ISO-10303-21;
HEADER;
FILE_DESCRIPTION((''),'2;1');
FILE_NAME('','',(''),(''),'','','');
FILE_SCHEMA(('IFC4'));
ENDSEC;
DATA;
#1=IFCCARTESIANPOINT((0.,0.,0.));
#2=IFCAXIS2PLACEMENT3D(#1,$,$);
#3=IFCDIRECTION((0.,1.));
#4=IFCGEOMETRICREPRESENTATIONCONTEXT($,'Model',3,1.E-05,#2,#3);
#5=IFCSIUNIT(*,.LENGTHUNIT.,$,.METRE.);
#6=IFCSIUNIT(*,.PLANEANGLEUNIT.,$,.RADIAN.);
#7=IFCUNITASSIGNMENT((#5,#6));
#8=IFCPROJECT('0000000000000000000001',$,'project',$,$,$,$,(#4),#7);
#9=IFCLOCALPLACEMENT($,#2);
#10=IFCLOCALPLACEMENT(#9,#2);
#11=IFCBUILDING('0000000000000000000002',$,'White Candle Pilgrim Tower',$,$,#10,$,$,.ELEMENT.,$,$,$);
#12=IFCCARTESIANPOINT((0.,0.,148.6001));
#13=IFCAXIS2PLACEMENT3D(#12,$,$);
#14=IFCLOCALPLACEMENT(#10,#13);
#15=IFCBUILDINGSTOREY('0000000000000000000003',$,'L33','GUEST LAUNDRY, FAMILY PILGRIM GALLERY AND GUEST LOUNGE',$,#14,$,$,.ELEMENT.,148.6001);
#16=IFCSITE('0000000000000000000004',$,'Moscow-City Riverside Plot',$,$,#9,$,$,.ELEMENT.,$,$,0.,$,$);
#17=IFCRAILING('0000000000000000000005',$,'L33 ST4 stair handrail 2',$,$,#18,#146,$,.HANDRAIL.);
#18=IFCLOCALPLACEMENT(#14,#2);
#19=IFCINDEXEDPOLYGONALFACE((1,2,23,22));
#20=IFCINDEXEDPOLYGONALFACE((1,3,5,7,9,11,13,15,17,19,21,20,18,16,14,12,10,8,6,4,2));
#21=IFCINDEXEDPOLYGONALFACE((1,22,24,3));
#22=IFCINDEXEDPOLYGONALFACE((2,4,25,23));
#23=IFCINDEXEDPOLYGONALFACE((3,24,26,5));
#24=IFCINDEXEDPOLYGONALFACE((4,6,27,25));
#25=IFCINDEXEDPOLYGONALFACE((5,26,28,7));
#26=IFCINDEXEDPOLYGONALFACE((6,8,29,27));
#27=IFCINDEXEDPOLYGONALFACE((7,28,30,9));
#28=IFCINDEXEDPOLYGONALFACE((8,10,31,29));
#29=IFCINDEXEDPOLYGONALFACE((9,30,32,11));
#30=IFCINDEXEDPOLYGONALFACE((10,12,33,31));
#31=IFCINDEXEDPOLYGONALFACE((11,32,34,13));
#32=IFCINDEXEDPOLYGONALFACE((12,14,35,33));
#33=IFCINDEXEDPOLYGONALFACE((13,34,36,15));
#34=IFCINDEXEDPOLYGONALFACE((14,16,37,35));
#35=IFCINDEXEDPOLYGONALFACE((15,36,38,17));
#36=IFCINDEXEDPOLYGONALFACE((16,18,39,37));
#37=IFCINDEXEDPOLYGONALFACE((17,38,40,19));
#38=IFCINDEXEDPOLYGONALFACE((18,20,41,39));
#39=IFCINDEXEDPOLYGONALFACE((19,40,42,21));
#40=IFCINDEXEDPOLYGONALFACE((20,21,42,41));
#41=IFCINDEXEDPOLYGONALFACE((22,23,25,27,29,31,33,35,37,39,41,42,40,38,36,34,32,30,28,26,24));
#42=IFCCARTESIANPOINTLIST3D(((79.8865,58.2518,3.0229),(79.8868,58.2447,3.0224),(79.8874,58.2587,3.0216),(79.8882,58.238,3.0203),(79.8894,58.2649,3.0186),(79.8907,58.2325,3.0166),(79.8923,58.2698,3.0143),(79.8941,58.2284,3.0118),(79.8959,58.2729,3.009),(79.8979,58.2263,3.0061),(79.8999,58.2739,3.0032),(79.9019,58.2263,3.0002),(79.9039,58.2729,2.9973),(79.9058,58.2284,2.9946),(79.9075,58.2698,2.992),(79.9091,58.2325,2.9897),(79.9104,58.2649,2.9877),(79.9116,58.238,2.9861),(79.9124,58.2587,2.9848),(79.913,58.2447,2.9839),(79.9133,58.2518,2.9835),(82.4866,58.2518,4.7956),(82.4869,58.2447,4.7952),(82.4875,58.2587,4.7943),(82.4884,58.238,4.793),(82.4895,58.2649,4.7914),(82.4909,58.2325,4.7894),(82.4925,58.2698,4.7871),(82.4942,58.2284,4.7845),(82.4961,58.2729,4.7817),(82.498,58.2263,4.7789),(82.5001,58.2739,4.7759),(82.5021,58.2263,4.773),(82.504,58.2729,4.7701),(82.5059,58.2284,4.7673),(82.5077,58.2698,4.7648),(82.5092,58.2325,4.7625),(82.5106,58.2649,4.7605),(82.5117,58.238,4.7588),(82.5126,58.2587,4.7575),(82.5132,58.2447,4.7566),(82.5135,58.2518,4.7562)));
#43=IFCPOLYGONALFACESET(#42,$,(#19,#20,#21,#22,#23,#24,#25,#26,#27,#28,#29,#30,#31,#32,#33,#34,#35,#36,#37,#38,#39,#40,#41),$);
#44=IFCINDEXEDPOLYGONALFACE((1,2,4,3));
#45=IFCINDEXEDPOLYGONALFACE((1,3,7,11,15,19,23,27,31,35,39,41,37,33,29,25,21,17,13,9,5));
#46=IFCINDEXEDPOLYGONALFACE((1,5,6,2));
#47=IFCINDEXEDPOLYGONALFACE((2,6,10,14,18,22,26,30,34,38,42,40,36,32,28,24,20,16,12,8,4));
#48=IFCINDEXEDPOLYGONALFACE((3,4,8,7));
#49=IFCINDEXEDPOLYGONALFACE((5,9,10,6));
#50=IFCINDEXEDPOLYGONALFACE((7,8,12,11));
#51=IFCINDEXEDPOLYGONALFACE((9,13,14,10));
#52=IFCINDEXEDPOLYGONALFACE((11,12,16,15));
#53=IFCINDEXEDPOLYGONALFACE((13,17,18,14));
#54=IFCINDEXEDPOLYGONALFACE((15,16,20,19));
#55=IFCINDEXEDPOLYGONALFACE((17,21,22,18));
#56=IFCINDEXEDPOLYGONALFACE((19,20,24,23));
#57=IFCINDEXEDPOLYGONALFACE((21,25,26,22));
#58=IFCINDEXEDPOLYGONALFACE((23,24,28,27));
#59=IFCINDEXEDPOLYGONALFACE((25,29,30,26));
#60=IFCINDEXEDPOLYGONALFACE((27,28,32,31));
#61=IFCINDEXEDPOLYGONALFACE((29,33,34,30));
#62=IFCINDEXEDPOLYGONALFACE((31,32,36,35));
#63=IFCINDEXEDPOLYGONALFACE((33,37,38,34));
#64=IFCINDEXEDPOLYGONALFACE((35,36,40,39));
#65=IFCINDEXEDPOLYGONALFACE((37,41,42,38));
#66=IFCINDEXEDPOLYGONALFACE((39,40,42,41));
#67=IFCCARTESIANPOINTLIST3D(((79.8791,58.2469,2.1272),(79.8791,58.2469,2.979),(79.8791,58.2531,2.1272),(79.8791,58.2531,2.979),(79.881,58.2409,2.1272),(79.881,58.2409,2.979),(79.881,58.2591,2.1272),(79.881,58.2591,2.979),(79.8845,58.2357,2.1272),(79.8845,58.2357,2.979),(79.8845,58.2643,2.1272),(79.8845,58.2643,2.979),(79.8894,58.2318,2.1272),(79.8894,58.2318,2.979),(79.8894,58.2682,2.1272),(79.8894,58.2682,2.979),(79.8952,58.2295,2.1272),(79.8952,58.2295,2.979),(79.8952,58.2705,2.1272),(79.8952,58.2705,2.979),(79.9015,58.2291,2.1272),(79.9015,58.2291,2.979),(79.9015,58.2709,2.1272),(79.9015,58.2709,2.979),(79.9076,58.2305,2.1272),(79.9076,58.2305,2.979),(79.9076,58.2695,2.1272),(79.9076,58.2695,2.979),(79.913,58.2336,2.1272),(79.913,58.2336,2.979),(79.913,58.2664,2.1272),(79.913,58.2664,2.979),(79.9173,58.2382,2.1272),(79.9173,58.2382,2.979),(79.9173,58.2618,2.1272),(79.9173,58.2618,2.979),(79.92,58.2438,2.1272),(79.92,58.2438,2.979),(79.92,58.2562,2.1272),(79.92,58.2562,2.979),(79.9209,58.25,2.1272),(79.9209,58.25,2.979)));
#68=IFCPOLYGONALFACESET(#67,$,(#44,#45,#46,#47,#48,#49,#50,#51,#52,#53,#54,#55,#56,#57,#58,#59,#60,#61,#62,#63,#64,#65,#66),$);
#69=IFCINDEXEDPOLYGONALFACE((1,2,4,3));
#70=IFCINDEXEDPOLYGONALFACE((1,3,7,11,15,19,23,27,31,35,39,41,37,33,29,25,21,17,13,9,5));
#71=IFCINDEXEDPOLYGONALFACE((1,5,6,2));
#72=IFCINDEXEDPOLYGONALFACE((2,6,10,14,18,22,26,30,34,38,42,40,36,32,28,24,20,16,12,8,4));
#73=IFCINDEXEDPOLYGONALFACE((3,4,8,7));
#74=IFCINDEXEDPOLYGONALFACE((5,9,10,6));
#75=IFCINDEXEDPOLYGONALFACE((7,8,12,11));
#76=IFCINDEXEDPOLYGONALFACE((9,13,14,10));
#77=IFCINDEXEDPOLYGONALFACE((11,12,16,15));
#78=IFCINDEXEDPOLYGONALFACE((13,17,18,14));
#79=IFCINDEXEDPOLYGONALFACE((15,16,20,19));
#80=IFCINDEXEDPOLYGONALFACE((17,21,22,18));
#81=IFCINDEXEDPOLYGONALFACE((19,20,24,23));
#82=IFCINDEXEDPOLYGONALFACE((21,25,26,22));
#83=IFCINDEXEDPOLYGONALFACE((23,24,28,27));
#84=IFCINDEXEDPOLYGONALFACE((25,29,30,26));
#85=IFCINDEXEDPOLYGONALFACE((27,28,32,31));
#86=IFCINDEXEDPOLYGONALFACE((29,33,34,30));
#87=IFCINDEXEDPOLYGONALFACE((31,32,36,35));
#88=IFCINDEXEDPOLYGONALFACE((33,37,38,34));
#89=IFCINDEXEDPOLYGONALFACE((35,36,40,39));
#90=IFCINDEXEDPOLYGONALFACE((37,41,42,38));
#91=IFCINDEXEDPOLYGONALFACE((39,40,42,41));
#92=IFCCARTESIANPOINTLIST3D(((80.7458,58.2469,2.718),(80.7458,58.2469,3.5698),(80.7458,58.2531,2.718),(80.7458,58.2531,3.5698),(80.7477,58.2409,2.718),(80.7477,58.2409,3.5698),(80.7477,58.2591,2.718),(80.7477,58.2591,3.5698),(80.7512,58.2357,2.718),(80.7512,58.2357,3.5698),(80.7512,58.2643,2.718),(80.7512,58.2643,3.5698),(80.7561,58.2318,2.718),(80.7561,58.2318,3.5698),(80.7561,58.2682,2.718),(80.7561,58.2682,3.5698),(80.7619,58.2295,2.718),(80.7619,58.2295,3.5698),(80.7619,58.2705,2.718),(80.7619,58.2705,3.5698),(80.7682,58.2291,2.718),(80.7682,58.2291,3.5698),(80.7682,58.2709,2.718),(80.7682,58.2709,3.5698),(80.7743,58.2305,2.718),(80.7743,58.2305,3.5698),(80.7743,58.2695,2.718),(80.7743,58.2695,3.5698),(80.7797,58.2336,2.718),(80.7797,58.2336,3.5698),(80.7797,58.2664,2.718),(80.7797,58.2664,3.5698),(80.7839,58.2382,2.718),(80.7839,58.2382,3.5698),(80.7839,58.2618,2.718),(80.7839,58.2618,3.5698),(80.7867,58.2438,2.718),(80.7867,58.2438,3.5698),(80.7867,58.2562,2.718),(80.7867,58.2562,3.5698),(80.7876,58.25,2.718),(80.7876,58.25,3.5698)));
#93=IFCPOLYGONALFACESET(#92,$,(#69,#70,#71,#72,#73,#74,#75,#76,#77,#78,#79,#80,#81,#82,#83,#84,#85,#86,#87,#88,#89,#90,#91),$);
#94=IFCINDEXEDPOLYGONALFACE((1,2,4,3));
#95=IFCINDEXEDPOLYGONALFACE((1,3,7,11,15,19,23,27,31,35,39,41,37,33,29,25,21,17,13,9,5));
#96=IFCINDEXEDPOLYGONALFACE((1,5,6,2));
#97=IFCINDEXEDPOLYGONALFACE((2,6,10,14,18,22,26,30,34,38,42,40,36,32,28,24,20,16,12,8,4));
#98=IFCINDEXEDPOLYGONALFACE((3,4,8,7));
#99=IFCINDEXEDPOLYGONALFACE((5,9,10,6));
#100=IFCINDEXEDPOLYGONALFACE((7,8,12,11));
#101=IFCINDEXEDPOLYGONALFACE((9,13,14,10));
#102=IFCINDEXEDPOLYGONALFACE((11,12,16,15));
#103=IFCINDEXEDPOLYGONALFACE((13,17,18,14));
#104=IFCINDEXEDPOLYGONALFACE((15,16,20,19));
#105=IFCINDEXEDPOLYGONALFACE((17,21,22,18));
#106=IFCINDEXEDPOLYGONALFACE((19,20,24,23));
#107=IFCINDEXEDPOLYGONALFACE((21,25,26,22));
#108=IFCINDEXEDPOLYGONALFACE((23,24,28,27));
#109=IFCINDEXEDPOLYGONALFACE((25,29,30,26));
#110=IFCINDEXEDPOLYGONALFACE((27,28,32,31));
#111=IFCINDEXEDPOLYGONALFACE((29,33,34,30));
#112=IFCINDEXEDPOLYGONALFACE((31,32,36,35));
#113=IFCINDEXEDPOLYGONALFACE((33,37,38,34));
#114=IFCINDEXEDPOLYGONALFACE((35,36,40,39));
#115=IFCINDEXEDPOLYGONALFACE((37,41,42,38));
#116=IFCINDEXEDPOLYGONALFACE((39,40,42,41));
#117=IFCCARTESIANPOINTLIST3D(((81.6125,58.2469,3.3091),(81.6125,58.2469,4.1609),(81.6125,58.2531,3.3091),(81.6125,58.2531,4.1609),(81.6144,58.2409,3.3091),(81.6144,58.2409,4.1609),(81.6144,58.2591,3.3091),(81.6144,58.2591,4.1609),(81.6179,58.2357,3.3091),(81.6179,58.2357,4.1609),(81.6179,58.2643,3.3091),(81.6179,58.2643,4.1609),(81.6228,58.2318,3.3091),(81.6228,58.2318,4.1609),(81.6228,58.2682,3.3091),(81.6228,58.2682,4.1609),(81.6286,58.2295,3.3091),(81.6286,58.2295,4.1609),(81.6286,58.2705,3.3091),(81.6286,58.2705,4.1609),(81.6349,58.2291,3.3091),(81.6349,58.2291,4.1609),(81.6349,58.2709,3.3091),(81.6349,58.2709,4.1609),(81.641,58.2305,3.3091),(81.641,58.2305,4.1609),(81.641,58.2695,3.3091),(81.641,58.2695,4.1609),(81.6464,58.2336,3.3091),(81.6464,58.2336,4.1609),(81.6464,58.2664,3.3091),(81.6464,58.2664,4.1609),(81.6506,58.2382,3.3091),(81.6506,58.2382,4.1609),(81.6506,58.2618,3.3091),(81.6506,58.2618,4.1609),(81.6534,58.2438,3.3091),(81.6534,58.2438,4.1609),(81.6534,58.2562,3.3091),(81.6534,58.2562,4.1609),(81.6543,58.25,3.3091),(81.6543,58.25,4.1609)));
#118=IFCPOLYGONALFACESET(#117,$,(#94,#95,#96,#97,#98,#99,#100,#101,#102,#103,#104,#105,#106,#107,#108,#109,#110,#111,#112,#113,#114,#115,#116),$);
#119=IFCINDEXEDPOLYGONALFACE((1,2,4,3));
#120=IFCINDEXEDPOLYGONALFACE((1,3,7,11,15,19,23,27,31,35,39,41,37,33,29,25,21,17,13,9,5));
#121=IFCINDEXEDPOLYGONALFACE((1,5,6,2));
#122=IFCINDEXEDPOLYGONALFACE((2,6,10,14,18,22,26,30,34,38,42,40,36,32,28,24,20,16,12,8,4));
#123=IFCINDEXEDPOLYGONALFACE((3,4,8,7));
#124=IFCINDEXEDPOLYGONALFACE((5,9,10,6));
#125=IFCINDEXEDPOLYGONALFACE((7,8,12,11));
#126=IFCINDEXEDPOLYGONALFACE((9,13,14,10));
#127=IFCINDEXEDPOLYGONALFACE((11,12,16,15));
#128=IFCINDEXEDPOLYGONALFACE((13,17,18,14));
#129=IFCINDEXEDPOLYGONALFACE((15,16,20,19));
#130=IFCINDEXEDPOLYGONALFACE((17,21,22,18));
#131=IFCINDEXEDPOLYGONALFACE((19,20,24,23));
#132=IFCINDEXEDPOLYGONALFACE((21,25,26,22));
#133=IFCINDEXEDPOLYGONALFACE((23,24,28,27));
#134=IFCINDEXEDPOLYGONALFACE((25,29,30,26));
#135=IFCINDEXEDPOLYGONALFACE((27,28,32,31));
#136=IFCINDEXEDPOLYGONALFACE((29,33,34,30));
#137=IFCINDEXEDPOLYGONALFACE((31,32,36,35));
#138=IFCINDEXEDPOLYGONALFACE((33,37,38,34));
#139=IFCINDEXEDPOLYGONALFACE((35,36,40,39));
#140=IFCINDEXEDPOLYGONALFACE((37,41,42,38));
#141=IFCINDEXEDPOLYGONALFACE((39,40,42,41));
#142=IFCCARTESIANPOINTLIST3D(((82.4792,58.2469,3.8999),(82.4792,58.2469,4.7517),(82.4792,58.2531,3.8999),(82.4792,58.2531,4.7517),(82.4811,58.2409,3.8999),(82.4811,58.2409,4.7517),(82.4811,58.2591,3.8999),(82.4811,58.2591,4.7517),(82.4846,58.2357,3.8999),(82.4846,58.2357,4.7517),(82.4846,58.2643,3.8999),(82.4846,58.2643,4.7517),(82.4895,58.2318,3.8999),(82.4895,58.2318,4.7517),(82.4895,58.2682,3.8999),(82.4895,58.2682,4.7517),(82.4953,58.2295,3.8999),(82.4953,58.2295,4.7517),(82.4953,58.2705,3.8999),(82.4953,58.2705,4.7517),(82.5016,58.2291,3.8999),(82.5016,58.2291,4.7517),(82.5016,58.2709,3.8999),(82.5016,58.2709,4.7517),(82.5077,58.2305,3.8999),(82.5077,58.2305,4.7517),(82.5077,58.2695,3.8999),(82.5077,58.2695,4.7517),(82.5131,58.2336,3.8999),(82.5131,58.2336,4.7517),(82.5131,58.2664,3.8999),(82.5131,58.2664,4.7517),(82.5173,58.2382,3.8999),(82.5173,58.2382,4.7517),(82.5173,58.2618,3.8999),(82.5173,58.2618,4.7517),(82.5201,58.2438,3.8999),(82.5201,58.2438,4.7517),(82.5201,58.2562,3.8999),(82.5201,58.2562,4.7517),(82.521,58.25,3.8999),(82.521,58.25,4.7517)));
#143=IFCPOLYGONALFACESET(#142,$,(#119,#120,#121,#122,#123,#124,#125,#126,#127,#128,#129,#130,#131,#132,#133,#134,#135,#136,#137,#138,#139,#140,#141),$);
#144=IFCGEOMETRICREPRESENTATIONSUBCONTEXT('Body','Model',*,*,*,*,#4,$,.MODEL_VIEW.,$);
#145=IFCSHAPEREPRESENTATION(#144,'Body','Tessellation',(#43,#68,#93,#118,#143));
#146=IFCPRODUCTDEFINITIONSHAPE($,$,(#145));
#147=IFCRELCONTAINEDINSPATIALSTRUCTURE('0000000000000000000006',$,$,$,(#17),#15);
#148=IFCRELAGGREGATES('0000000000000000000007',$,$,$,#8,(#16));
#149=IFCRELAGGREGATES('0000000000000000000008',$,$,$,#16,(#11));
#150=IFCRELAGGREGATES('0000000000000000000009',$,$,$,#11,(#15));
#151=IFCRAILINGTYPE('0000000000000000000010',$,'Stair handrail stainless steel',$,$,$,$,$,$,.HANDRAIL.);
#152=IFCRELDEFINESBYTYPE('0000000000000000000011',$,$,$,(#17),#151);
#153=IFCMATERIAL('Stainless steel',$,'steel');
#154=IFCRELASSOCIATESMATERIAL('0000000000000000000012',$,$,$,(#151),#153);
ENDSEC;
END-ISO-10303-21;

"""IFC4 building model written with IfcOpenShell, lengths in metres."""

from ifc_helpers import new_model, si_unit, direction, frame, origin, origin_2d, place, context, subcontext, project, spatial, circle, extrude, material, type_object, element, save


model = new_model("IFC4")

# Units and contexts
model_context = context("Model", 3, precision=1e-05, world=origin(), true_north=direction((0.0, 1.0)))
body_context = subcontext(model_context, "Body", "Model", "MODEL_VIEW")
ifc_project = project(units=[si_unit("LENGTHUNIT", "METRE"), si_unit("PLANEANGLEUNIT", "RADIAN")], contexts=[model_context])

# Site, building, storey
site_placement = place(None, origin())
site = spatial("IfcSite", under=ifc_project, at=site_placement, Name="Moscow-City Riverside Plot", CompositionType="ELEMENT", RefElevation=0.0)
building_placement = place(site_placement, origin())
building = spatial("IfcBuilding", under=site, at=building_placement, Name="White Candle Pilgrim Tower", CompositionType="ELEMENT")
storey_placement = place(building_placement, frame((0.0, 0.0, 148.6001)))
storey = spatial("IfcBuildingStorey", under=building, at=storey_placement, Name="L33", Description="GUEST LAUNDRY, FAMILY PILGRIM GALLERY AND GUEST LOUNGE", CompositionType="ELEMENT", Elevation=148.6001)

# Railing
ifc_material_1 = material(Name="Stainless steel", Category="steel")
railing_type_1 = type_object("IfcRailingType", Name="Stair handrail stainless steel", PredefinedType="HANDRAIL", material=ifc_material_1)
railing_1_placement = place(storey_placement, frame((79.8999, 58.25, 2.1272)))
element("IfcRailing", 1, at=railing_1_placement, inside=storey, type_object=railing_type_1, Name="L33 ST4 stair handrail 2", PredefinedType="HANDRAIL", context=body_context, shape_type="SweptSolid", body=[
    extrude(circle(Radius=0.0239, at=origin_2d()), frame((0.0, 0.0, 0.876), z_axis=(0.82624, 0.0, 0.563318), x_axis=(0.0, 1.0, 0.0)), (0.0, 0.0, 1.0), 3.147),
    extrude(circle(Radius=0.021, at=origin_2d()), origin(), (0.0, 0.0, 1.0), 0.8518),
    extrude(circle(Radius=0.021, at=origin_2d()), frame((0.8667, 0.0, 0.5908)), (0.0, 0.0, 1.0), 0.8518),
    extrude(circle(Radius=0.021, at=origin_2d()), frame((1.7334, 0.0, 1.1819)), (0.0, 0.0, 1.0), 0.8518),
    extrude(circle(Radius=0.021, at=origin_2d()), frame((2.6001, 0.0, 1.7727)), (0.0, 0.0, 1.0), 0.8518),
])

save(model, "model.ifc")
